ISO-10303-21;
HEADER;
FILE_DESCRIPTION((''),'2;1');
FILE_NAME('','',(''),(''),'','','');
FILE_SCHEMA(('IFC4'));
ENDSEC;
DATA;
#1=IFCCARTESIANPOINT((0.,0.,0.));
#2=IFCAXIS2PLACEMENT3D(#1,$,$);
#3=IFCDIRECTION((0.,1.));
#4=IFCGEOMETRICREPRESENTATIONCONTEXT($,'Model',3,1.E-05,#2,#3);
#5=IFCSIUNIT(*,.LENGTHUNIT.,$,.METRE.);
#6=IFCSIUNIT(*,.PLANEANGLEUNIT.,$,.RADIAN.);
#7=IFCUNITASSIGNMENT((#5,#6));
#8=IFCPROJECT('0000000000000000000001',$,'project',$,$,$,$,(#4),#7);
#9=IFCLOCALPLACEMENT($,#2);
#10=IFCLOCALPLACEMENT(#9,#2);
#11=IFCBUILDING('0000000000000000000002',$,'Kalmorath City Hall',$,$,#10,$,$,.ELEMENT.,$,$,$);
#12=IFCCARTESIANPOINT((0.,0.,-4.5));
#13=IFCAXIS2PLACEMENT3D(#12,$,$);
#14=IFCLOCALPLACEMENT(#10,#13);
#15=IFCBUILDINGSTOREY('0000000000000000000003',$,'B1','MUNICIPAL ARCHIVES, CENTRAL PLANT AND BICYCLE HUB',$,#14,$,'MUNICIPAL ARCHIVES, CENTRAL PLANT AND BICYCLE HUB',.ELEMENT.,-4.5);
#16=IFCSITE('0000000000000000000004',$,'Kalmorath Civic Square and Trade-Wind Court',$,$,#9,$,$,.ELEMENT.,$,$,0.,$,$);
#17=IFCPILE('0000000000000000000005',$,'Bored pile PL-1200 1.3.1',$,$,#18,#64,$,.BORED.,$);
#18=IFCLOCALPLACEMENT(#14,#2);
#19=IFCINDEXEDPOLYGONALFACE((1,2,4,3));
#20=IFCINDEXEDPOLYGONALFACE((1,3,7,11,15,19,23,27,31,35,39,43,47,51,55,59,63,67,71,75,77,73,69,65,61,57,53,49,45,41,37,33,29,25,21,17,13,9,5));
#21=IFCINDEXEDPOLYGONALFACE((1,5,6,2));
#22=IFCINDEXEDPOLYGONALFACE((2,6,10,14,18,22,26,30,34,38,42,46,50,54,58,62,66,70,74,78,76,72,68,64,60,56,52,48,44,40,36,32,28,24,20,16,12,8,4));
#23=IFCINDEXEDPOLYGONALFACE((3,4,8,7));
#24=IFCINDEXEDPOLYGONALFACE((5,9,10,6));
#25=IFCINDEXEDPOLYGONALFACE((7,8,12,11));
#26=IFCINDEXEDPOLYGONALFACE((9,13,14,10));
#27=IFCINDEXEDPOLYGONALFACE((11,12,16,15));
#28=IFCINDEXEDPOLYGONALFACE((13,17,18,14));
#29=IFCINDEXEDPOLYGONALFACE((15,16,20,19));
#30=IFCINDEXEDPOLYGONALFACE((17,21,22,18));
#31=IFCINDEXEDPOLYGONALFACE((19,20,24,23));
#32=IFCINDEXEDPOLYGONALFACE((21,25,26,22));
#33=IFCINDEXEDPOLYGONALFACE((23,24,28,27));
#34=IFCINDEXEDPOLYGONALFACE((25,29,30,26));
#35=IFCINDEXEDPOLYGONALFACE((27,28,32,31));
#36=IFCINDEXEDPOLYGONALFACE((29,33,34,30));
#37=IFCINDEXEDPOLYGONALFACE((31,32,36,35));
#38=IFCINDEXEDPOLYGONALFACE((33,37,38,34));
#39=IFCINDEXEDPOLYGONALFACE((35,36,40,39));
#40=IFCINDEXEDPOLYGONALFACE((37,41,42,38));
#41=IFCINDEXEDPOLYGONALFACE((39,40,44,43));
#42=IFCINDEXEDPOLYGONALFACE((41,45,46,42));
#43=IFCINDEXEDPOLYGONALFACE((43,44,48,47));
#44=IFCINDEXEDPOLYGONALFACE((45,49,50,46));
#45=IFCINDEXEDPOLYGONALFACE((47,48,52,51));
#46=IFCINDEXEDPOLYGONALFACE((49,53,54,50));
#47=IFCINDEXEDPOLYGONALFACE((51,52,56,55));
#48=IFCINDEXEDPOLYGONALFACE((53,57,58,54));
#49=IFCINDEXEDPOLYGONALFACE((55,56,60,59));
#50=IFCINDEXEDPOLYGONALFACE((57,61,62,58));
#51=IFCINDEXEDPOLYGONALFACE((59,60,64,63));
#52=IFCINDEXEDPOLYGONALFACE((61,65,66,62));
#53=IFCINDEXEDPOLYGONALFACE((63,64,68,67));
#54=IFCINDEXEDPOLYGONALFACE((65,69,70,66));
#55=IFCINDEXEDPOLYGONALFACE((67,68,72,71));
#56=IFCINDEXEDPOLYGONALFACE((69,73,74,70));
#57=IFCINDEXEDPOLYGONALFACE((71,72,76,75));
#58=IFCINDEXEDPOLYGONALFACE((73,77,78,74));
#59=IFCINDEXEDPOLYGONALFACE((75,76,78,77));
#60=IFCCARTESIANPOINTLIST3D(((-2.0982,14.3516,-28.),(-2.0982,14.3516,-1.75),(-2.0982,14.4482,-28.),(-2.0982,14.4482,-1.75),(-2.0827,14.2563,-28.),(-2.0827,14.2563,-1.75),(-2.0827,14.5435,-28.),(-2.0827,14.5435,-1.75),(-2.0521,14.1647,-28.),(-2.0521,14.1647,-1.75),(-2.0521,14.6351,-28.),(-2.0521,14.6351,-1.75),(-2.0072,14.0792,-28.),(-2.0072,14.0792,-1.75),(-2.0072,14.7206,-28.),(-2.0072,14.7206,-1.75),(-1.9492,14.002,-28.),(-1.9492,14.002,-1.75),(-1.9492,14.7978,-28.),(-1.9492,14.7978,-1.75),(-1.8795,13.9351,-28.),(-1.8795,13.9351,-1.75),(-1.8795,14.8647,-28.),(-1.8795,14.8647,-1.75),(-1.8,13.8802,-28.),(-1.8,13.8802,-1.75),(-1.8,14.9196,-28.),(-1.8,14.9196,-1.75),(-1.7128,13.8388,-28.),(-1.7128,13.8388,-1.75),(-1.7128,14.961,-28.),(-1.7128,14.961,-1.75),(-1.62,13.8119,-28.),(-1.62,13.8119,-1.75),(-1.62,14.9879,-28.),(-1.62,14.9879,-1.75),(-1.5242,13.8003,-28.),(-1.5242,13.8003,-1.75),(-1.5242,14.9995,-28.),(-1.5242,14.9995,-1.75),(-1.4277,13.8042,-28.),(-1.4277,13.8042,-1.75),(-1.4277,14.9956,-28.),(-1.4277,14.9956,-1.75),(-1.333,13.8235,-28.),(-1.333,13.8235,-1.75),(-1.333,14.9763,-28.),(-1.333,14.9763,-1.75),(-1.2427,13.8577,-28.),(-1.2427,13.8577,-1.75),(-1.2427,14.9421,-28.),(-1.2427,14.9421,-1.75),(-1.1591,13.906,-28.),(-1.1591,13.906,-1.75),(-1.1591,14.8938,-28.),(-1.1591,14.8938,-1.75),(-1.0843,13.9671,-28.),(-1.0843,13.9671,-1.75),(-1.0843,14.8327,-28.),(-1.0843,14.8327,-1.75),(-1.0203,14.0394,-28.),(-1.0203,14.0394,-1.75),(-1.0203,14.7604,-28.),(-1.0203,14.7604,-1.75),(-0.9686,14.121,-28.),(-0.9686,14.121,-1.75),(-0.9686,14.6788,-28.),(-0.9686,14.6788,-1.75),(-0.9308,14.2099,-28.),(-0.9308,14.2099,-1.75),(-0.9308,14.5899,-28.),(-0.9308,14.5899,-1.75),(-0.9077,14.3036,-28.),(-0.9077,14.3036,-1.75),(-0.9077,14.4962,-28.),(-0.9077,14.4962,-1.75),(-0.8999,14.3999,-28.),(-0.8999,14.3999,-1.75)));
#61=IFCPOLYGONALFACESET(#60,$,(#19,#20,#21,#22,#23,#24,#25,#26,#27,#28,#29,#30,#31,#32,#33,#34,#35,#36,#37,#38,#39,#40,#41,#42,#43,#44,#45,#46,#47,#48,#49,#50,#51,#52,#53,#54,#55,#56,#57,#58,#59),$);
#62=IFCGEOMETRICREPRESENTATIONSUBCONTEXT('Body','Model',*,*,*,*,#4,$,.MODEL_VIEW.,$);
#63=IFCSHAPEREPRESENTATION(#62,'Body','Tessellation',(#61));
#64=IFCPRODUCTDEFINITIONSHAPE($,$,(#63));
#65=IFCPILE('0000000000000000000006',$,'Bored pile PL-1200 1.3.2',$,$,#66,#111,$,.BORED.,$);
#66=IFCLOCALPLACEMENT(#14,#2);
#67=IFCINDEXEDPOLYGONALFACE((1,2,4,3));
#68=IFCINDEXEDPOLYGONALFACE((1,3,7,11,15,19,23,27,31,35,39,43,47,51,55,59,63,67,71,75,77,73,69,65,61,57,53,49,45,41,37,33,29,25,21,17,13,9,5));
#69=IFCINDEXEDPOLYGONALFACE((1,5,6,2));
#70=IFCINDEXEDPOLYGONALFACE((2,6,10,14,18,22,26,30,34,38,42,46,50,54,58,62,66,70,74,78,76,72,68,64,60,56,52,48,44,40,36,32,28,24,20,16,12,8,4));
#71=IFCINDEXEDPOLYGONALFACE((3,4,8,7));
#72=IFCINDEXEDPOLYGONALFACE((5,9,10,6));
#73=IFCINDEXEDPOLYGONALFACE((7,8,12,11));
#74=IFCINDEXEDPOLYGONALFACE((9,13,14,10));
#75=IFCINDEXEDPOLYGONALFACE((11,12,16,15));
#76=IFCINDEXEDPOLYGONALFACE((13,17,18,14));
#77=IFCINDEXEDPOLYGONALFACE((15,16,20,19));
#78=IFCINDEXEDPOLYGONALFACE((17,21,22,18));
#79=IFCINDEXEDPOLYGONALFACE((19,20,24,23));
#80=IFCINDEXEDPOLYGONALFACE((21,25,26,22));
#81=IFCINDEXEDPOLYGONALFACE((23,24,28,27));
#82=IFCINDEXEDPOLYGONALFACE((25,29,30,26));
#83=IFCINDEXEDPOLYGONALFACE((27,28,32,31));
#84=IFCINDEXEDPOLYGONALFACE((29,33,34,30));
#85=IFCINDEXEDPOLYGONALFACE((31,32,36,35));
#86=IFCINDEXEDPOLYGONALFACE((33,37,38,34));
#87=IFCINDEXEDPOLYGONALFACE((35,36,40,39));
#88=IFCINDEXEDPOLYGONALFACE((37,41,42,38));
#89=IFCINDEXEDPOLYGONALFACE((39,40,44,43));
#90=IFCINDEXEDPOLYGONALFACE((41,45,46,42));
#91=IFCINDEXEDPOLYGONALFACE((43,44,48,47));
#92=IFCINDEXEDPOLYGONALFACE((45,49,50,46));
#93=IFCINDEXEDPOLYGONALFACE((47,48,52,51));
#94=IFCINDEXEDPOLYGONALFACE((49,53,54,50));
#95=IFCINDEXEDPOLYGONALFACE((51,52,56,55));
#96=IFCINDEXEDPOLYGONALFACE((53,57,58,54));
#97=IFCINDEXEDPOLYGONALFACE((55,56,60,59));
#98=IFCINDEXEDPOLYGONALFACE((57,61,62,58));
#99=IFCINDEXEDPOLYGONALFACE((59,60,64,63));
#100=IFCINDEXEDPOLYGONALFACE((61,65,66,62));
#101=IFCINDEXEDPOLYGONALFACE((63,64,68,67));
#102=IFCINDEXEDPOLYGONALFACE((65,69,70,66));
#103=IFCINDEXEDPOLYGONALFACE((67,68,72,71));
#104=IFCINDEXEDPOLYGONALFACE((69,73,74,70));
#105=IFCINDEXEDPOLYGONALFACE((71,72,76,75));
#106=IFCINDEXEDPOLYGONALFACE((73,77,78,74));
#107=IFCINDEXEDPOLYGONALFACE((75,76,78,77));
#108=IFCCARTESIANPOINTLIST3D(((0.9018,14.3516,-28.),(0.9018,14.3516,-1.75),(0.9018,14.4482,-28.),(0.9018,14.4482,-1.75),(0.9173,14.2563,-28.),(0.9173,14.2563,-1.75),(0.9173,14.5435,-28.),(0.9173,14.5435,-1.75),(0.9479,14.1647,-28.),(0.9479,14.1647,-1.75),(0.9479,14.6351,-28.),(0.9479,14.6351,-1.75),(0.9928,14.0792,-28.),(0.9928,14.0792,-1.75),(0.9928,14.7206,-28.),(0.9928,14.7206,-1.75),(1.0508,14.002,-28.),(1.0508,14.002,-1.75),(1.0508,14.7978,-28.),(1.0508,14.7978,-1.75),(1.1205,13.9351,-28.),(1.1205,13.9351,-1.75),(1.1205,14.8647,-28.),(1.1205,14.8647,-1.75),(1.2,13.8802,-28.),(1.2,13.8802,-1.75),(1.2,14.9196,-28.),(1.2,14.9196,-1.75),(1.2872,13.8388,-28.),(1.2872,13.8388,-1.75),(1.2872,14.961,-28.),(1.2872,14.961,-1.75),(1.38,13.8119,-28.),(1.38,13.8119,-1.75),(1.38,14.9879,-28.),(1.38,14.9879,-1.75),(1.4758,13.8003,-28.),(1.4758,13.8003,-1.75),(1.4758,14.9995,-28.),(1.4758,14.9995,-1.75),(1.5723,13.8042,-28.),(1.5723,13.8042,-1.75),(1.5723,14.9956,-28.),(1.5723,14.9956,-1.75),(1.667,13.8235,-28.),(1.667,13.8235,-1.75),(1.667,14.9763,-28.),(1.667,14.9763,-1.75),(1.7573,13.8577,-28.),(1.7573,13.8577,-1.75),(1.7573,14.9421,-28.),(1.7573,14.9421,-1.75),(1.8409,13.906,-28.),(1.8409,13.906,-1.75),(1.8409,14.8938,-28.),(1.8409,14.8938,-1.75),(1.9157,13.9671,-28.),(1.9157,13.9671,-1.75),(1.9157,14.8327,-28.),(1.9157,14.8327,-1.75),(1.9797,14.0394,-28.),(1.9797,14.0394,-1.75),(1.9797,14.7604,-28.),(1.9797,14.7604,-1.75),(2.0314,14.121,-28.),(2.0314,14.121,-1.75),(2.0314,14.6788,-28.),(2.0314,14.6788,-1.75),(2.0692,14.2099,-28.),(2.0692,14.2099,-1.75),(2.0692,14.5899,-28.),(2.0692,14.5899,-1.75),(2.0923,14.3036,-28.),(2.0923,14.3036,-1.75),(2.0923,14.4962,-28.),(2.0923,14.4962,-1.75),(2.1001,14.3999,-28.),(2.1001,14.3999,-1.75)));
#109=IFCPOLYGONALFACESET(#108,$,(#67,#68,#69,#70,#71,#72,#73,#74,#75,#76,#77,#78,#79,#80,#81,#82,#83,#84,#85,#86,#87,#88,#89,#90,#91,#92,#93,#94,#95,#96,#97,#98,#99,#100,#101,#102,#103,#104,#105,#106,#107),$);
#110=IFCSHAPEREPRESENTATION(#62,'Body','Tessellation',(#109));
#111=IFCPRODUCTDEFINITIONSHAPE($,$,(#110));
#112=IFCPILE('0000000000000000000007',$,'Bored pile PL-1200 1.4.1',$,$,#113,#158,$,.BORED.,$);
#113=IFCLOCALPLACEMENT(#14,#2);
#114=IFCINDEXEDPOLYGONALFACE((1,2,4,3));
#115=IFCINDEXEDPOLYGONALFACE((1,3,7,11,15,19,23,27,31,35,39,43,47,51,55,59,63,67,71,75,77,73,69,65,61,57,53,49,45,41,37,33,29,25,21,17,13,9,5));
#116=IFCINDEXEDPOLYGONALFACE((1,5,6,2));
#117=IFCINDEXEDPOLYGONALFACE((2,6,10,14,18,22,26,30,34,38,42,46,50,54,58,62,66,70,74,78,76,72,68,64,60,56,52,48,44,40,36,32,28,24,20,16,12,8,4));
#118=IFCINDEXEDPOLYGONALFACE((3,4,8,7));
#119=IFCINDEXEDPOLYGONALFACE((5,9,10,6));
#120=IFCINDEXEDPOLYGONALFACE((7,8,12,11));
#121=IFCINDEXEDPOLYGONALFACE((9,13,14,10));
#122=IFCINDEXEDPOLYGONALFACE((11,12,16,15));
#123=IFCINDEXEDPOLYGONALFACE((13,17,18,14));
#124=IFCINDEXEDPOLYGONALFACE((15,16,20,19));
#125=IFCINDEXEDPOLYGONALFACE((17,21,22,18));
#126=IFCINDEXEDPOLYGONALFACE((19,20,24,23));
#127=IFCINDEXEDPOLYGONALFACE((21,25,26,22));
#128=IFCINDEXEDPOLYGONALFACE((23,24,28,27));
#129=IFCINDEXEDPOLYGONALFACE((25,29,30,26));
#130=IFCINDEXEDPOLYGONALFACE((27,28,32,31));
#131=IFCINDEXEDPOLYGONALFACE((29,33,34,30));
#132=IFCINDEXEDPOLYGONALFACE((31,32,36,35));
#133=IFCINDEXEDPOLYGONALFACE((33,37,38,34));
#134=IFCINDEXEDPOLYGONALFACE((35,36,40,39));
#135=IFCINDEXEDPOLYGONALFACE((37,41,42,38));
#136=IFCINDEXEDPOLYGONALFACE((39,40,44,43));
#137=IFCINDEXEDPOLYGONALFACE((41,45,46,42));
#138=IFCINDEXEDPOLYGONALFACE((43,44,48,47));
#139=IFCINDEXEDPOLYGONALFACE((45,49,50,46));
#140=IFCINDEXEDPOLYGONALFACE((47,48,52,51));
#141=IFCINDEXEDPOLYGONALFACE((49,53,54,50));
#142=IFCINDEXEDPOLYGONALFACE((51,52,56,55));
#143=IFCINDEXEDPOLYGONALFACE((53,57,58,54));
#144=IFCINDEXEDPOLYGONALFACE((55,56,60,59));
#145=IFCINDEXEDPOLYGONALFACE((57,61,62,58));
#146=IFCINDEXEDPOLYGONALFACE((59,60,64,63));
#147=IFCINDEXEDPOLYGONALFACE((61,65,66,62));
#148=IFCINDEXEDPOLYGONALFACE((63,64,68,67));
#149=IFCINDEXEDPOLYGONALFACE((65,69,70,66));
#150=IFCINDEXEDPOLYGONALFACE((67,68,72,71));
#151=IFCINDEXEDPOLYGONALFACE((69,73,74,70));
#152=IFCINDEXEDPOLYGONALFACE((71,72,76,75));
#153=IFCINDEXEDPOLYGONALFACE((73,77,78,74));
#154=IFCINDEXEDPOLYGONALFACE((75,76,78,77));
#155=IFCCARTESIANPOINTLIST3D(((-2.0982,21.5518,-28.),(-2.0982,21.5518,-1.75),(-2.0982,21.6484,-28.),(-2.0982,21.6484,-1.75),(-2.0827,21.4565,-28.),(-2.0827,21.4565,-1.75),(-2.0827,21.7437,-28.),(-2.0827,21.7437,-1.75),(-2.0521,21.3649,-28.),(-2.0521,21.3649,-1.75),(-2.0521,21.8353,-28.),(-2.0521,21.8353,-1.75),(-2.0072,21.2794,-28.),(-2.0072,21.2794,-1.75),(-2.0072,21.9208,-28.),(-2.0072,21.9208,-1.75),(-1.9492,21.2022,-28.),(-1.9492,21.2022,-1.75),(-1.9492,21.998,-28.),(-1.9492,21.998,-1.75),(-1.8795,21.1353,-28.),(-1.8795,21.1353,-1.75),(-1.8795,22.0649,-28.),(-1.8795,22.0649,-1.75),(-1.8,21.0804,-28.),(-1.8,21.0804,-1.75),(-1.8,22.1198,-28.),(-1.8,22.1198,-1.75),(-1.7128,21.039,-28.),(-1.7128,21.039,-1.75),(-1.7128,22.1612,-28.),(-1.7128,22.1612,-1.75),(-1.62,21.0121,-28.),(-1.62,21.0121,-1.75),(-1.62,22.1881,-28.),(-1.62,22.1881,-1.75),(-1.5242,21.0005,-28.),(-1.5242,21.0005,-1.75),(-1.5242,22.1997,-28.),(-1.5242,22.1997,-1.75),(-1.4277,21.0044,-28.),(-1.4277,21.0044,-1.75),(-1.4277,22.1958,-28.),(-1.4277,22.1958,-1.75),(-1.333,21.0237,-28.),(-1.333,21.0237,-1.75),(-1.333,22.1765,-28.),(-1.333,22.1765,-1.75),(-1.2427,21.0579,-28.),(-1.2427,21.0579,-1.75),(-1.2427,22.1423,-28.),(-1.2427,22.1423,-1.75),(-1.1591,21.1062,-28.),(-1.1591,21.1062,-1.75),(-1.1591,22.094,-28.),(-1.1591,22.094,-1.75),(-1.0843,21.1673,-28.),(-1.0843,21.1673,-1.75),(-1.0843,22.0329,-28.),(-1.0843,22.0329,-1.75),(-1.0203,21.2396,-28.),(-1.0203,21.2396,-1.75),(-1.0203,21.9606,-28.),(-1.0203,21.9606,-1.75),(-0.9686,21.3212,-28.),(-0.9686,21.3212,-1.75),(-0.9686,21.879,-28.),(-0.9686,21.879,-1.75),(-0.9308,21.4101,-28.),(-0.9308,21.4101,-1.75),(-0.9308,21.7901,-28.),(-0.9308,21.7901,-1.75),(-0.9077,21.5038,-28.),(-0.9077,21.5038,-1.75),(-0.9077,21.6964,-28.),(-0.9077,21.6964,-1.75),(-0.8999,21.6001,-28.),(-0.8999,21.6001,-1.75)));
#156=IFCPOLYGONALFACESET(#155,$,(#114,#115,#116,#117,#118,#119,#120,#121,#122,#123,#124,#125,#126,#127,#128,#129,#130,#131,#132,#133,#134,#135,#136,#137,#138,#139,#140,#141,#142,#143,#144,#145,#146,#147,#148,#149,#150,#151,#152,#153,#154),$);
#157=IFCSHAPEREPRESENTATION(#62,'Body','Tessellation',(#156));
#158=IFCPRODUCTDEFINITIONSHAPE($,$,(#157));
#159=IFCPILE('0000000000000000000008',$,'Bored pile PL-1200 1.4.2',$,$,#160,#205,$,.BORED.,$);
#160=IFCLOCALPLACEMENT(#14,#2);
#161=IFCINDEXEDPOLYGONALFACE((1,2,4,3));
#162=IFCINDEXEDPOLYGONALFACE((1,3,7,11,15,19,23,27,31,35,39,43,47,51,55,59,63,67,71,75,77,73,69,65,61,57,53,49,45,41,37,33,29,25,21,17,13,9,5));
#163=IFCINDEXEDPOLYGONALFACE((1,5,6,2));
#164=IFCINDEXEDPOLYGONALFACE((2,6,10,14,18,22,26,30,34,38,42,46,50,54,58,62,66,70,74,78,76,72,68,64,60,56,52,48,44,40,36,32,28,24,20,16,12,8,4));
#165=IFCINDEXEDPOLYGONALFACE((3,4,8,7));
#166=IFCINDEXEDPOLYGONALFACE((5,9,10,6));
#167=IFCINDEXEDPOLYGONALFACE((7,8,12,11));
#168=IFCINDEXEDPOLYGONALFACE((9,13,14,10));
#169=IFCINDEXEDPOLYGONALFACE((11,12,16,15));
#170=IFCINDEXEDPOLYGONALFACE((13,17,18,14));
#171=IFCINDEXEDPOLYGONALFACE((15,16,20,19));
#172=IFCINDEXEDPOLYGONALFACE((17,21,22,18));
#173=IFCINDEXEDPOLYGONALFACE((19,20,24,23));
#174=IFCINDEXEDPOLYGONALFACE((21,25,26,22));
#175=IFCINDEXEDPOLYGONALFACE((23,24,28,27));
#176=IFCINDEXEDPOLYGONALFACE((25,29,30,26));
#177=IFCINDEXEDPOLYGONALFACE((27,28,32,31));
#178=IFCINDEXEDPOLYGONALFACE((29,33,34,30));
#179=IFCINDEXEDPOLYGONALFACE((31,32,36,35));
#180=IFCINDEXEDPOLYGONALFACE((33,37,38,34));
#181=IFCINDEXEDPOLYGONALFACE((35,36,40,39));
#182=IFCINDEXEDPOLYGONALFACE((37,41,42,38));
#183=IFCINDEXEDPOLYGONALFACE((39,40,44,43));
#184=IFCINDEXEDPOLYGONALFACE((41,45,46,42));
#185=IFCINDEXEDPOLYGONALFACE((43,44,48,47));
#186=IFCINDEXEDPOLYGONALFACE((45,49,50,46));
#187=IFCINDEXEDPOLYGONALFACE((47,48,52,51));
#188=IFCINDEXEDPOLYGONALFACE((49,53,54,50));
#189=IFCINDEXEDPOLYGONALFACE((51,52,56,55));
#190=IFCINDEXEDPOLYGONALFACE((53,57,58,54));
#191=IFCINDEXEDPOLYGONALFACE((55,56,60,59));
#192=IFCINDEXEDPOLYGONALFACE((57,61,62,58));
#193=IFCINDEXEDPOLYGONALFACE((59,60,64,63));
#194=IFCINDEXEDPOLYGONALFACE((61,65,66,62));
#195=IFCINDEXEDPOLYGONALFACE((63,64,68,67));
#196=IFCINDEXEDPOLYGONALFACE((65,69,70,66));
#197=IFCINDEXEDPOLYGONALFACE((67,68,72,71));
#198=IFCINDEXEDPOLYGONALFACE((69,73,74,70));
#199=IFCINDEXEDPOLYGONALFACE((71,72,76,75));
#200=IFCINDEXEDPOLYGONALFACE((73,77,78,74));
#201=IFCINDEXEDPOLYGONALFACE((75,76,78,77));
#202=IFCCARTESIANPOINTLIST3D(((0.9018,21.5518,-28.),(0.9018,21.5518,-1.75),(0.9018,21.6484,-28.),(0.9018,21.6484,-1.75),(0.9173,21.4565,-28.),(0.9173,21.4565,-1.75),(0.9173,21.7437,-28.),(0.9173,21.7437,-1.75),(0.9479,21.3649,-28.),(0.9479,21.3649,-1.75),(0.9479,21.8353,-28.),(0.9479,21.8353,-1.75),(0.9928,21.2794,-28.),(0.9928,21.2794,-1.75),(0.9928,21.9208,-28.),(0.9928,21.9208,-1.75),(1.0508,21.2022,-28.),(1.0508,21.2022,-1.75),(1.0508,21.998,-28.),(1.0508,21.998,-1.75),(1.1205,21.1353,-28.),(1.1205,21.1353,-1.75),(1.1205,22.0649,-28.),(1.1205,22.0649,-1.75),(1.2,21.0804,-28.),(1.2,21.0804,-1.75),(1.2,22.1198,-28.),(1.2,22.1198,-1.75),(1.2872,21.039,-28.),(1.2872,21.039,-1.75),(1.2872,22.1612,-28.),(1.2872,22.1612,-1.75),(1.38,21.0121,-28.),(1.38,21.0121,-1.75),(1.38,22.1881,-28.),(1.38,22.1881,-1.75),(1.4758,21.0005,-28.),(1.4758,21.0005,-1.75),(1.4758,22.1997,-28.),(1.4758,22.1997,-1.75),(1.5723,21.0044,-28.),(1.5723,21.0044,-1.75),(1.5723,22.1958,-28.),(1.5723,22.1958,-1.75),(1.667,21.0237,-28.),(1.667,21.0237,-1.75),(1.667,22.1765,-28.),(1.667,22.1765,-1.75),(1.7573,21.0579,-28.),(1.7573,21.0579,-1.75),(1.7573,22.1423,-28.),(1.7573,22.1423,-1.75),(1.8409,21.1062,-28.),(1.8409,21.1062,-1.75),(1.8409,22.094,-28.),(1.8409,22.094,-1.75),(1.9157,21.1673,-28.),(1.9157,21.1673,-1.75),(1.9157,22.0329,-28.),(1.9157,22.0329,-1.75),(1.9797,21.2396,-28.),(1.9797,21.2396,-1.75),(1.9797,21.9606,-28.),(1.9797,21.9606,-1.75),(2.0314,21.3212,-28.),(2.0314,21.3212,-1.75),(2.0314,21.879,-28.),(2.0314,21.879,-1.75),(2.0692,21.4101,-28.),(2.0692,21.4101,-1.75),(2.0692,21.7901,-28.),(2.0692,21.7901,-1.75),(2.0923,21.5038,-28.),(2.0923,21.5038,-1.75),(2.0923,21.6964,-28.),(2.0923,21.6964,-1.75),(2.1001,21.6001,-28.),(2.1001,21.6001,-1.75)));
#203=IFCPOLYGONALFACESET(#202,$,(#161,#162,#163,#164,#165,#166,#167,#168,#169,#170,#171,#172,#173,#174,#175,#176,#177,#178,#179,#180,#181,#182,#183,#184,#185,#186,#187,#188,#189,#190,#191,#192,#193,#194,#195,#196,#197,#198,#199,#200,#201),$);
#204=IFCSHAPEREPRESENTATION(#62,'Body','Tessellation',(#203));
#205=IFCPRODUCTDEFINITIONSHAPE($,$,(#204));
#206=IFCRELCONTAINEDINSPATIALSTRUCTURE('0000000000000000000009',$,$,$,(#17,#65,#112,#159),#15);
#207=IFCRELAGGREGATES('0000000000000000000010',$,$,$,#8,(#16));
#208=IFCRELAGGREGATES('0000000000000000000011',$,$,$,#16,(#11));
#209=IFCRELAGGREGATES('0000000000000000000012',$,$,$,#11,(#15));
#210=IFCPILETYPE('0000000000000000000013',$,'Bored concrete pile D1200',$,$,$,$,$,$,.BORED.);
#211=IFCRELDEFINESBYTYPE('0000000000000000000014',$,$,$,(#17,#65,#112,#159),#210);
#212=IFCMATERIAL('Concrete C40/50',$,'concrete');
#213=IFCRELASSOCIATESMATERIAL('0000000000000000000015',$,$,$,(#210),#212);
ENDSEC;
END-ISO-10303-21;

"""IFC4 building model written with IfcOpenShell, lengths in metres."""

from ifc_helpers import new_model, si_unit, direction, frame, origin, origin_2d, place, context, subcontext, project, spatial, circle, extrude, material, material_profile, profile_set, type_object, element, save


model = new_model("IFC4")

# Units and contexts
model_context = context("Model", 3, precision=1e-05, world=origin(), true_north=direction((0.0, 1.0)))
body_context = subcontext(model_context, "Body", "Model", "MODEL_VIEW")
ifc_project = project(units=[si_unit("LENGTHUNIT", "METRE"), si_unit("PLANEANGLEUNIT", "RADIAN")], contexts=[model_context])

# Site, building, storey
site_placement = place(None, origin())
site = spatial("IfcSite", under=ifc_project, at=site_placement, Name="Kalmorath Civic Square and Trade-Wind Court", CompositionType="ELEMENT", RefElevation=0.0)
building_placement = place(site_placement, origin())
building = spatial("IfcBuilding", under=site, at=building_placement, Name="Kalmorath City Hall", CompositionType="ELEMENT")
storey_placement = place(building_placement, frame((0.0, 0.0, -4.5)))
storey = spatial("IfcBuildingStorey", under=building, at=storey_placement, Name="B1", Description="MUNICIPAL ARCHIVES, CENTRAL PLANT AND BICYCLE HUB", LongName="MUNICIPAL ARCHIVES, CENTRAL PLANT AND BICYCLE HUB", CompositionType="ELEMENT", Elevation=-4.5)

# Piles
ifc_material_1 = material(Name="Concrete C40/50", Category="concrete")
ifc_material_profile_1 = material_profile(ifc_material_1, circle(Radius=0.6001, at=origin_2d()), Name="PILE-D1200")
ifc_profile_set_1 = profile_set([ifc_material_profile_1], Name="Concrete C40/50")
pile_type_1 = type_object("IfcPileType", Name="Bored concrete pile D1200", PredefinedType="BORED", material=ifc_profile_set_1)
for number, where, z_axis, x_axis, name in (
    (1, (-1.5, 14.3999, -1.75), (0.0, 0.0, -1.0), (1.0, 0.0, 0.0), "Bored pile PL-1200 1.3.1"),
    (2, (1.5, 14.3999, -1.75), (0.0, 0.0, -1.0), (1.0, 0.0, 0.0), "Bored pile PL-1200 1.3.2"),
    (3, (-1.5, 21.6001, -1.75), (0.0, 0.0, -1.0), (1.0, 0.0, 0.0), "Bored pile PL-1200 1.4.1"),
    (4, (1.5, 21.6001, -1.75), (0.0, 0.0, -1.0), (1.0, 0.0, 0.0), "Bored pile PL-1200 1.4.2"),
):
    element("IfcPile", number, at=place(storey_placement, frame(where, z_axis=z_axis, x_axis=x_axis)), inside=storey, type_object=pile_type_1, Name=name, PredefinedType="BORED", context=body_context, shape_type="SweptSolid", body=[
        extrude(circle(Radius=0.6001, at=origin_2d()), origin(), (0.0, 0.0, 1.0), 26.25),
    ])

save(model, "model.ifc")
